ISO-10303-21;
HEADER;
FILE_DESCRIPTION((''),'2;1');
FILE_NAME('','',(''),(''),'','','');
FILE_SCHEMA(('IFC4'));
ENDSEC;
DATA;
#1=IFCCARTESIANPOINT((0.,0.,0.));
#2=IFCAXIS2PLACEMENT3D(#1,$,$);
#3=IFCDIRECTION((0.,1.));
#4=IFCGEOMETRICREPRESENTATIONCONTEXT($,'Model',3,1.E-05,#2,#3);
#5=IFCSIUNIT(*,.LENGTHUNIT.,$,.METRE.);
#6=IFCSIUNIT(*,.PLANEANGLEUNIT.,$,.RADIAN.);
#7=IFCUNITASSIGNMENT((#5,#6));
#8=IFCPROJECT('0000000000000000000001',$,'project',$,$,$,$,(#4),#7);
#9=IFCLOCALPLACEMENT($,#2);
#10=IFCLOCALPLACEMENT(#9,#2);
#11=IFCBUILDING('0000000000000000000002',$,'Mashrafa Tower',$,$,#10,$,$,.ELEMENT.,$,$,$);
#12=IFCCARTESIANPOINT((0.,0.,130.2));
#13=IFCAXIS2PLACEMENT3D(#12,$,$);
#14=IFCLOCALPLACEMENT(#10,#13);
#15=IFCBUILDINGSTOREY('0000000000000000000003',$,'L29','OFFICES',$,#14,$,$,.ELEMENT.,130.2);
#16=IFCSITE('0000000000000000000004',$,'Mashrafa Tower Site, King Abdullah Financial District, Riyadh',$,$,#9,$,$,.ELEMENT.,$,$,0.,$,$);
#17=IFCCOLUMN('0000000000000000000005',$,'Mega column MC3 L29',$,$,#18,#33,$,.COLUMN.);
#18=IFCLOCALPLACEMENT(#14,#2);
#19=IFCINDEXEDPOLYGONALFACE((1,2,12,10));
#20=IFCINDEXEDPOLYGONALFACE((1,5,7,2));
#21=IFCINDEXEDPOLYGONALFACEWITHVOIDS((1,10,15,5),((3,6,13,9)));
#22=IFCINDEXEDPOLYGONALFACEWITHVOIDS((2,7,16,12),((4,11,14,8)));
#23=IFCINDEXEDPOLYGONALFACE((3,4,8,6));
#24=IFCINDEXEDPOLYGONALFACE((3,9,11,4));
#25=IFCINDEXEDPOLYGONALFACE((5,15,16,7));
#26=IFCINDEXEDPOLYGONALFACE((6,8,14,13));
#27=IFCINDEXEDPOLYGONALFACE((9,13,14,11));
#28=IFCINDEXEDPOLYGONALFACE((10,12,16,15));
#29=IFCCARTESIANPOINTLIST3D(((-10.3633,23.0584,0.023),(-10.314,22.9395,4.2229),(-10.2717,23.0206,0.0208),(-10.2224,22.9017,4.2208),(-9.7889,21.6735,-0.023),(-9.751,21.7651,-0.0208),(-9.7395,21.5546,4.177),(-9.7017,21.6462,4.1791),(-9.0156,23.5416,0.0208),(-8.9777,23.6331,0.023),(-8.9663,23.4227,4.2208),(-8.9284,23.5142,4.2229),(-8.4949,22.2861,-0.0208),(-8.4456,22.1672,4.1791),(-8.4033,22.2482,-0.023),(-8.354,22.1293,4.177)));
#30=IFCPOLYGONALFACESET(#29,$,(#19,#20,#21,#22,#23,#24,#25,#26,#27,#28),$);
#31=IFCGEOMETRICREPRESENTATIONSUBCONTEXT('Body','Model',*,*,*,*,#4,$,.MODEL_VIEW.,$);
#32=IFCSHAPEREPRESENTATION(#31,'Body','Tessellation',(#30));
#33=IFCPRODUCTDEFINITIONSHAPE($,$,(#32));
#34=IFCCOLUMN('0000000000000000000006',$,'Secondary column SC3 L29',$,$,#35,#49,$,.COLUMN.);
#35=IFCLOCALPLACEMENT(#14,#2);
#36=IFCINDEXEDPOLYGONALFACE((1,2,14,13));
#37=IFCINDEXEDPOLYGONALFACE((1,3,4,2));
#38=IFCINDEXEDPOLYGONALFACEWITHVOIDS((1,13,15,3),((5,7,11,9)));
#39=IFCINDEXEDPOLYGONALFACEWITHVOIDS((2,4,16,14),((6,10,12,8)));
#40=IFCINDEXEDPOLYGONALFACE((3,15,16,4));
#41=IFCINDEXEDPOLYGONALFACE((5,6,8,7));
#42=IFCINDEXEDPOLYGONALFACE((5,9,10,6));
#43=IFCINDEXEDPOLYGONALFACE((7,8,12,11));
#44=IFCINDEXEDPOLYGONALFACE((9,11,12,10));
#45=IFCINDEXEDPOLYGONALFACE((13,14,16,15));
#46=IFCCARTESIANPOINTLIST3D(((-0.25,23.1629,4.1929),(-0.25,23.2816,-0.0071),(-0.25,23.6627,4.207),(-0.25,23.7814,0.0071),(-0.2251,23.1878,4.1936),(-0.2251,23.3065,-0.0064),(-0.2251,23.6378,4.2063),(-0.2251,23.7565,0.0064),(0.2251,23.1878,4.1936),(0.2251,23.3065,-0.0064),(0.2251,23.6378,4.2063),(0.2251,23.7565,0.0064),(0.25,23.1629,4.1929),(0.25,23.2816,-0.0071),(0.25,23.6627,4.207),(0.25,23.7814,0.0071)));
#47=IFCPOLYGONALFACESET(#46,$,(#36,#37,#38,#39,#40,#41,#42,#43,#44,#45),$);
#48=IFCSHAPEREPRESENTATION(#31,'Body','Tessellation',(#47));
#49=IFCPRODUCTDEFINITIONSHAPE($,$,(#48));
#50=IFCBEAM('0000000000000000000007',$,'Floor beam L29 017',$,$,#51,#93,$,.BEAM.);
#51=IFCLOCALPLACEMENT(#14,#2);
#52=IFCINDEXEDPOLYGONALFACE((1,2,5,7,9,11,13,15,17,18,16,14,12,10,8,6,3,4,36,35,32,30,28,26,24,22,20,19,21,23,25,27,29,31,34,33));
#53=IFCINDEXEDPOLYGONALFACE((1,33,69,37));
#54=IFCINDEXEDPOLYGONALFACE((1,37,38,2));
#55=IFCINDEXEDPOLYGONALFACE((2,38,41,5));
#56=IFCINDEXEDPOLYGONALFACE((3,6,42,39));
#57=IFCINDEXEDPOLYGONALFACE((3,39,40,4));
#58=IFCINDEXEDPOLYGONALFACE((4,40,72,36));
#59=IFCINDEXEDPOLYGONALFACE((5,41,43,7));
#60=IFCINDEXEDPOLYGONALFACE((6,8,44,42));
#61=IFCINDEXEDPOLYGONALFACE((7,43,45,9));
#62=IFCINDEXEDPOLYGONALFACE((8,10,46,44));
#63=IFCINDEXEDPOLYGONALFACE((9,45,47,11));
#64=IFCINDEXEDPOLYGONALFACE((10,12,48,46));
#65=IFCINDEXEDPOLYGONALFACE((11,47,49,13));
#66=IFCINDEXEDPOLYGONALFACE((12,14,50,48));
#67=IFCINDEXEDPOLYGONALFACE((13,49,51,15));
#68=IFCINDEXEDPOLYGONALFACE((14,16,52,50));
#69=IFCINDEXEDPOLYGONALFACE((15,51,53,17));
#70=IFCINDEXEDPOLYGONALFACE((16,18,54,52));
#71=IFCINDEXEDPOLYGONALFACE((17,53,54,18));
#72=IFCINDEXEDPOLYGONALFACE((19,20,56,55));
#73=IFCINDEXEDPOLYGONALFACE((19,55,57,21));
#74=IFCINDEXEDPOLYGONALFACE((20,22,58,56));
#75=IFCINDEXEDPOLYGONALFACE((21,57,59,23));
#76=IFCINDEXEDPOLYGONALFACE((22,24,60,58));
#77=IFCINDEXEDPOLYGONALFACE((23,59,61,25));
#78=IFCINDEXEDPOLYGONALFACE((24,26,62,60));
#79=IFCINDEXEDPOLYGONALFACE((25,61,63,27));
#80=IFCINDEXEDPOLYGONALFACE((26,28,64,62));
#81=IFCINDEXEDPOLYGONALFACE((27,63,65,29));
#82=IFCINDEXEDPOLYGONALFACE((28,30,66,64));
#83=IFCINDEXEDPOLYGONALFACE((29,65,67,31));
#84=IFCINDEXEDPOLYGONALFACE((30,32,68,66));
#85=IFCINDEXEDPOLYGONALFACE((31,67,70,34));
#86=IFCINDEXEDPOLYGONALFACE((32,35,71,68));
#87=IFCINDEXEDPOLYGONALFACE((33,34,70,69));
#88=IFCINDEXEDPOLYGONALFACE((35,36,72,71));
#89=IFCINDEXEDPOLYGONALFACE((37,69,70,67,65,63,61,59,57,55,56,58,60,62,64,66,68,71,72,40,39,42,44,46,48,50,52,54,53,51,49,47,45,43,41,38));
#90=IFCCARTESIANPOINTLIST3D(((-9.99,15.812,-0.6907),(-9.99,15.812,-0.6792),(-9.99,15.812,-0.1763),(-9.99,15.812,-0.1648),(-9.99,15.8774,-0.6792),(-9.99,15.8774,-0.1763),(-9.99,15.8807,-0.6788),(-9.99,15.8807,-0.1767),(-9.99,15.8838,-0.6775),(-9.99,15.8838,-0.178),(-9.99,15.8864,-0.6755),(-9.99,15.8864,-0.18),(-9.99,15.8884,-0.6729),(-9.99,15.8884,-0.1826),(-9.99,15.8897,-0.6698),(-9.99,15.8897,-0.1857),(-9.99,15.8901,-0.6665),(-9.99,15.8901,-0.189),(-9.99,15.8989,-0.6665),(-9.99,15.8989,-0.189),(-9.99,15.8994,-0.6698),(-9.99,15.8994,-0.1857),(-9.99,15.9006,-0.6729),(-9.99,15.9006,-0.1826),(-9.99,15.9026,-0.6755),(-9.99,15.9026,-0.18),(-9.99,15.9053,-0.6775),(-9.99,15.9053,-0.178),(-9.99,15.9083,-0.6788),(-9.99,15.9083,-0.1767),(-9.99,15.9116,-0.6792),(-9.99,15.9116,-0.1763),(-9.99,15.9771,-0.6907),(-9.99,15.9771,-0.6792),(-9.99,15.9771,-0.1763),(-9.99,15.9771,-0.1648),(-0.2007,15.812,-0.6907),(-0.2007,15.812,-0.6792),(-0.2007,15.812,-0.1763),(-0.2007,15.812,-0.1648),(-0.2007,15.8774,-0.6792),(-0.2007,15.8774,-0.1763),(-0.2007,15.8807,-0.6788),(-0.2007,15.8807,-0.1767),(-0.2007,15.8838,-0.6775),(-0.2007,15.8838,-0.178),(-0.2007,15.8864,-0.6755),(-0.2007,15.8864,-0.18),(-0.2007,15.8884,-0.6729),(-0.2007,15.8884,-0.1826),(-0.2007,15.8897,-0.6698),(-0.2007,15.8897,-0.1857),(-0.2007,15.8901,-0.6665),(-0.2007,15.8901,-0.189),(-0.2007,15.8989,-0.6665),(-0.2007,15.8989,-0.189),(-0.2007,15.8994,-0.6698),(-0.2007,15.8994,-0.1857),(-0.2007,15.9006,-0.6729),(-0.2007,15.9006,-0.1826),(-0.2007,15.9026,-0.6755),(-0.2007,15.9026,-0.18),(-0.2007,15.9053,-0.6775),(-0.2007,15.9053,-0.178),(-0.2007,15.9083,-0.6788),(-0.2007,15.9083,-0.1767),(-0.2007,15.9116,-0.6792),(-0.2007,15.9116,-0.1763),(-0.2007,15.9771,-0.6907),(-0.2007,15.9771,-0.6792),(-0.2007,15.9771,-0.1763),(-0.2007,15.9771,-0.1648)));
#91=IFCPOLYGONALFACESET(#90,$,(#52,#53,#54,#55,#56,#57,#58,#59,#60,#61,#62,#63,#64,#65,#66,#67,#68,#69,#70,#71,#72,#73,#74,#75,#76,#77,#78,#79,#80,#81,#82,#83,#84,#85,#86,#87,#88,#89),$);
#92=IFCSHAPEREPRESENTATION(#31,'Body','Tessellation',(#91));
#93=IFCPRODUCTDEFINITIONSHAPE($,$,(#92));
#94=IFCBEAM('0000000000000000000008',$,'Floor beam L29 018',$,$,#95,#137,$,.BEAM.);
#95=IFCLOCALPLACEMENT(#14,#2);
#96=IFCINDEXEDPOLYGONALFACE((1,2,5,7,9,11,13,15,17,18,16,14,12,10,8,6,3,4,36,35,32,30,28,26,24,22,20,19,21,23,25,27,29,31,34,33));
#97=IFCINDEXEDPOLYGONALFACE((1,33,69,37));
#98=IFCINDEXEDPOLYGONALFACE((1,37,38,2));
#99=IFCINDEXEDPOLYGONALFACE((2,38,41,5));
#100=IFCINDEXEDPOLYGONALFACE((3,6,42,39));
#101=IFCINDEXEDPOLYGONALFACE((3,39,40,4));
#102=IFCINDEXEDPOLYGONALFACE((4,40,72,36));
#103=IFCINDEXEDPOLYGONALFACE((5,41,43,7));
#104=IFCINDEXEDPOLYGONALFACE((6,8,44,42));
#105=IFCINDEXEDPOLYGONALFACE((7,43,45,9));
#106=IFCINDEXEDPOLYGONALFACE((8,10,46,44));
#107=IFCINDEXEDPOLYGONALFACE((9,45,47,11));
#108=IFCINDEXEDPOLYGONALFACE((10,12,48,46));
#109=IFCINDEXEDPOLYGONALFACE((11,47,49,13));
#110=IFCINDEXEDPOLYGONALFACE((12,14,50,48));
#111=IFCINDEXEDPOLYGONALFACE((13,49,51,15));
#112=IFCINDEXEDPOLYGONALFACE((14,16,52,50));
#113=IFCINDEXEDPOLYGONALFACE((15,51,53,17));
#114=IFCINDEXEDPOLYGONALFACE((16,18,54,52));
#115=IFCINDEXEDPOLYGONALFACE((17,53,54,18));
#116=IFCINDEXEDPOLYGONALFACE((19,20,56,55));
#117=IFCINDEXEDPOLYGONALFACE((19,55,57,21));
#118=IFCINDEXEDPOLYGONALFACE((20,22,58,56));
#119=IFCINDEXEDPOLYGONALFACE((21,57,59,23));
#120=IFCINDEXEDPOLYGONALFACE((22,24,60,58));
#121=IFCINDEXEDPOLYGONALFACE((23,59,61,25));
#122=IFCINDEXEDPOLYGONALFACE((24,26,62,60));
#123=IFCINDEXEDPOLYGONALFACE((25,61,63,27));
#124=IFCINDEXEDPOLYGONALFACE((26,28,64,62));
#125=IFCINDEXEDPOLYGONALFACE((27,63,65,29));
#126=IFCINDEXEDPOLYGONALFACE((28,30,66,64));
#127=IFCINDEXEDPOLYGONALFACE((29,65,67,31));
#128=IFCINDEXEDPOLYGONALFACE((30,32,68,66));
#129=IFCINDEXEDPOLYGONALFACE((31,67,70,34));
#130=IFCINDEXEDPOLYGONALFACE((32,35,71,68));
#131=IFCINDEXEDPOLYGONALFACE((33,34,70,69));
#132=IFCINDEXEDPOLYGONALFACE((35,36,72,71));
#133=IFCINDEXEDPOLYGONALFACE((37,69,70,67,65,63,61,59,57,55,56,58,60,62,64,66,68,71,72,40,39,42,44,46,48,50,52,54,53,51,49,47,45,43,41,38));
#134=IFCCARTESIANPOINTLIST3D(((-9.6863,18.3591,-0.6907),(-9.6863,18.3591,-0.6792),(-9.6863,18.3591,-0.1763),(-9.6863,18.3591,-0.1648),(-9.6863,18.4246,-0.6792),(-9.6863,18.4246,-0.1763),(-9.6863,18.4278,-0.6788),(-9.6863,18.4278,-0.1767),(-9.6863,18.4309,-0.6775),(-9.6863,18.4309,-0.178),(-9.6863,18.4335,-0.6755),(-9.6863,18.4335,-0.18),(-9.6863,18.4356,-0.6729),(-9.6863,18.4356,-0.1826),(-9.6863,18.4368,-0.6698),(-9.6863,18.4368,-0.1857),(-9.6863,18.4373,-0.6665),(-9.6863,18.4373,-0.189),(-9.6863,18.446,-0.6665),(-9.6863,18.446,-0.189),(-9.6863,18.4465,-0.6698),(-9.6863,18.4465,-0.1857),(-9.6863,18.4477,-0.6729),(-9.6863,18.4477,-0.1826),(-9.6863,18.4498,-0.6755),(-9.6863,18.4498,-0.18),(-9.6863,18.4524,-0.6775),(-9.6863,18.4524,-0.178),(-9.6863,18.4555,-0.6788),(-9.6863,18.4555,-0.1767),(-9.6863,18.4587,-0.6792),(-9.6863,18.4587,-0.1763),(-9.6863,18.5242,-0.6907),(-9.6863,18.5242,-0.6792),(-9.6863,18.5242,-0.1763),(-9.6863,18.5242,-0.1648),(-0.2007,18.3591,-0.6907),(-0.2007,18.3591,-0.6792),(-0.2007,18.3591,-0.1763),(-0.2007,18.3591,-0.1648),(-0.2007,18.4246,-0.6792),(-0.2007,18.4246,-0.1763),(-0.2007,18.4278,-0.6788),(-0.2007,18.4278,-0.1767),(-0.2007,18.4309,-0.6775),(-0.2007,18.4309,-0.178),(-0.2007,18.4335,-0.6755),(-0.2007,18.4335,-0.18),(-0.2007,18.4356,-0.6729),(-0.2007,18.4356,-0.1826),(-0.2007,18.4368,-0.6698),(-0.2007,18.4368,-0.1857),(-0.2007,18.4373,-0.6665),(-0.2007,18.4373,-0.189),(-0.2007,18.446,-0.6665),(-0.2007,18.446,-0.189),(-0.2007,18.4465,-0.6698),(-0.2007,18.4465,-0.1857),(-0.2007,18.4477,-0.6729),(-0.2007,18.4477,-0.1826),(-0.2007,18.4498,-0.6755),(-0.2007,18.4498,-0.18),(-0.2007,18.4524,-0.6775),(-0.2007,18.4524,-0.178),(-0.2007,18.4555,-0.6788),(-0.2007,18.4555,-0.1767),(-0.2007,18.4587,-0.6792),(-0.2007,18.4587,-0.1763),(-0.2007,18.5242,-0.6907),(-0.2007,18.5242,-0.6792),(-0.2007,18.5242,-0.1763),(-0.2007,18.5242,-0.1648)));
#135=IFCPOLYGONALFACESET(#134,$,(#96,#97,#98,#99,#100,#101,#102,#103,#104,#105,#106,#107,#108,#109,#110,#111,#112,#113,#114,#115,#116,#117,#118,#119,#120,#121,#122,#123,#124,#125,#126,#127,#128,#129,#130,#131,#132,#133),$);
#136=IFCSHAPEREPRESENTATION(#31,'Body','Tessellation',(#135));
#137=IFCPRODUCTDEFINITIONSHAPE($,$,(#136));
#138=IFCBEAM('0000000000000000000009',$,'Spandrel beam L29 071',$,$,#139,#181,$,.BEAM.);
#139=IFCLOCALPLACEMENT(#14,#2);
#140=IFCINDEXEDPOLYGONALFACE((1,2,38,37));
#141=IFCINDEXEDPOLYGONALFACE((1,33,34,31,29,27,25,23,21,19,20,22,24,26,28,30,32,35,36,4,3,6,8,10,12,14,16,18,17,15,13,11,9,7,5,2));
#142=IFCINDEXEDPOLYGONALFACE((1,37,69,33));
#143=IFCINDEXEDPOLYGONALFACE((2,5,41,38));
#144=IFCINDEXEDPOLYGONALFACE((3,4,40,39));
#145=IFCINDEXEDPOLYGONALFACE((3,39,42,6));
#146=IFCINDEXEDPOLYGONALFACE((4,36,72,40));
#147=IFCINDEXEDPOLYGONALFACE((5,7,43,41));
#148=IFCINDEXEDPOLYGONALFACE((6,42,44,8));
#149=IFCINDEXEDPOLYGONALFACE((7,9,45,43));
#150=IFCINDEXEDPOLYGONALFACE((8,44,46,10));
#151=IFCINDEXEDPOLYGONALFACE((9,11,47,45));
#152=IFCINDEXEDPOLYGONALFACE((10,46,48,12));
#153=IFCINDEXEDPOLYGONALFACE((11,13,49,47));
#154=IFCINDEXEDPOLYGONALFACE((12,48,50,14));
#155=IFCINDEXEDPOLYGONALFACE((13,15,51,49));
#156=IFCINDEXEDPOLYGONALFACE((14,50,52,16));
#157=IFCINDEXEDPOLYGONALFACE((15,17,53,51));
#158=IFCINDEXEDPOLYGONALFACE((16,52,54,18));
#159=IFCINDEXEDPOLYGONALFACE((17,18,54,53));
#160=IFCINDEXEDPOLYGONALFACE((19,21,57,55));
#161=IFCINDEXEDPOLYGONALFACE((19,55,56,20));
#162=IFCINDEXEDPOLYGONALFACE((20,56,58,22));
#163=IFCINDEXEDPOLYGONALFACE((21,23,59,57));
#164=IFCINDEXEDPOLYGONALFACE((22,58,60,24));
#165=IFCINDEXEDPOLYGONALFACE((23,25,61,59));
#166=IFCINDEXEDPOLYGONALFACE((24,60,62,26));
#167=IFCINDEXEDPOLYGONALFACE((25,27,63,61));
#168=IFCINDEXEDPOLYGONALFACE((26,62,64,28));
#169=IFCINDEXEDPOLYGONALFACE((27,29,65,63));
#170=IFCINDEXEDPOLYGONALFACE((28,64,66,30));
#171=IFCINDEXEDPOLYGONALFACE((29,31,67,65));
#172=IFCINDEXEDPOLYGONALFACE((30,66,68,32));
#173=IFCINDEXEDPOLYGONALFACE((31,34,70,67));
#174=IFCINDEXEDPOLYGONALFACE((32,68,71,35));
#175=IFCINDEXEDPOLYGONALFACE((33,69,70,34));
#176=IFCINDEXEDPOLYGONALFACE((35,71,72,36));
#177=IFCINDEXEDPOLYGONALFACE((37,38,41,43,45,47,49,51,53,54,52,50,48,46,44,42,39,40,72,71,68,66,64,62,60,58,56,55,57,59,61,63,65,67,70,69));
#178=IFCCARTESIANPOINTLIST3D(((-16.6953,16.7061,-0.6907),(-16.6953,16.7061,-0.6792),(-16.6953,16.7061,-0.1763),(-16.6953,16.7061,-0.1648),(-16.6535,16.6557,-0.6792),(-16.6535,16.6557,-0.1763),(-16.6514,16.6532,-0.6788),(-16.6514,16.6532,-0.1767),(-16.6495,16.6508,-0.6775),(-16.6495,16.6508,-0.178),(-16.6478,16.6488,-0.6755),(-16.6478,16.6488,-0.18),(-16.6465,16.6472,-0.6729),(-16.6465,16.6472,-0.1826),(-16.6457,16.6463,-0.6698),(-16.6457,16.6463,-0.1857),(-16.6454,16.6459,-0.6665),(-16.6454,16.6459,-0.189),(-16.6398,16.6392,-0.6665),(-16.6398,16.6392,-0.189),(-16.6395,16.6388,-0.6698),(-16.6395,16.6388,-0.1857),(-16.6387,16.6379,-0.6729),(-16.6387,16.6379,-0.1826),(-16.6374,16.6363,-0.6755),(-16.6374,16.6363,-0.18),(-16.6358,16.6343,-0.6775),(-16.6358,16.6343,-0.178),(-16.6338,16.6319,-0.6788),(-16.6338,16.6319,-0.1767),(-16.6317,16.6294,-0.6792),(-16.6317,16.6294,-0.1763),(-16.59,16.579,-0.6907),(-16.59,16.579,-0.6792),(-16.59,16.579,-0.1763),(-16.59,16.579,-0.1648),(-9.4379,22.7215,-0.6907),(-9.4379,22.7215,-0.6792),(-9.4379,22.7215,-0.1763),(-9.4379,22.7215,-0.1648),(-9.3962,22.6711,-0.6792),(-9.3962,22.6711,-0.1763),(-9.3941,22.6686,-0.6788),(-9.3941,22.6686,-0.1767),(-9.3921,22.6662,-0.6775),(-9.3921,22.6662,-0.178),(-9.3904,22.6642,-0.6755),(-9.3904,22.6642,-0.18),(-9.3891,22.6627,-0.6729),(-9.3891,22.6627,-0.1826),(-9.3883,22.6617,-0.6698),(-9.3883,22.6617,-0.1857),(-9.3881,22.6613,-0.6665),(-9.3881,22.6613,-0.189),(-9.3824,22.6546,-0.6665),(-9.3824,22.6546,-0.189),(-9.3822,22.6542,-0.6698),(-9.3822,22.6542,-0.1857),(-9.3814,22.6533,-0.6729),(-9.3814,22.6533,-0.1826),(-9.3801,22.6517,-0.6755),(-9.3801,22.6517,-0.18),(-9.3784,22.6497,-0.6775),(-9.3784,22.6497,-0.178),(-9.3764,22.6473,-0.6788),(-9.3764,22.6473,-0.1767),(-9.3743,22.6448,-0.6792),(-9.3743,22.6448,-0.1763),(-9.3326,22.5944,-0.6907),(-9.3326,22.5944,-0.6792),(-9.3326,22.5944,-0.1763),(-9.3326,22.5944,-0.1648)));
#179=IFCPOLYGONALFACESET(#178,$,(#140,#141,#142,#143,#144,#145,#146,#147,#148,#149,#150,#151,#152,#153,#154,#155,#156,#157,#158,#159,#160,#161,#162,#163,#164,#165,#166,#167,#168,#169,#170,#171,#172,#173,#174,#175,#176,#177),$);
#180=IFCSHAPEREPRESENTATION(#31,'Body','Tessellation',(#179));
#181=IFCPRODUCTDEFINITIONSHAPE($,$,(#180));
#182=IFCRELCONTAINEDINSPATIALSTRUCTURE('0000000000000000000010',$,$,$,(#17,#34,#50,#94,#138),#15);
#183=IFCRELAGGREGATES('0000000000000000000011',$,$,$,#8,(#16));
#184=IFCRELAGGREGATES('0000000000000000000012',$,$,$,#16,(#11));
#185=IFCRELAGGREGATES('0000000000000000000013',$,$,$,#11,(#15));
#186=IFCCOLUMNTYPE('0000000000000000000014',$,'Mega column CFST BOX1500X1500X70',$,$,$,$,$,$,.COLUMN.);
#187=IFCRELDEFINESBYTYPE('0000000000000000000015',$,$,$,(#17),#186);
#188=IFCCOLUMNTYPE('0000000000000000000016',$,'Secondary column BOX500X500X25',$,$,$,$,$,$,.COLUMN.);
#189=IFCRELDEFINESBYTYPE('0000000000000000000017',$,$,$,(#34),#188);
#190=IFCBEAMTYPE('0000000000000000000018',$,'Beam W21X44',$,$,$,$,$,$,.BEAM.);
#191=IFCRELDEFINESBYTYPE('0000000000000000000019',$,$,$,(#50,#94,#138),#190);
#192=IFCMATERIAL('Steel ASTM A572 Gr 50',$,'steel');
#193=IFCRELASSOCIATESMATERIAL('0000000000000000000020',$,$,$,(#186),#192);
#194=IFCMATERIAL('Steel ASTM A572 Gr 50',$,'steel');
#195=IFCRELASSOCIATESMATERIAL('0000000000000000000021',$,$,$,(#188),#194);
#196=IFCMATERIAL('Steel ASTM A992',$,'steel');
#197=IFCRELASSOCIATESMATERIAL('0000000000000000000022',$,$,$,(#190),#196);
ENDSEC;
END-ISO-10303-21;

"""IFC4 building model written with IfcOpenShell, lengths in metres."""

from ifc_helpers import new_model, si_unit, direction, frame, origin, origin_2d, place, context, subcontext, project, spatial, hollow_rectangle, i_section, extrude, material, material_profile, profile_set, type_object, element, save


model = new_model("IFC4")

# Units and contexts
model_context = context("Model", 3, precision=1e-05, world=origin(), true_north=direction((0.0, 1.0)))
body_context = subcontext(model_context, "Body", "Model", "MODEL_VIEW")
ifc_project = project(units=[si_unit("LENGTHUNIT", "METRE"), si_unit("PLANEANGLEUNIT", "RADIAN")], contexts=[model_context])

# Site, building, storey
site_placement = place(None, origin())
site = spatial("IfcSite", under=ifc_project, at=site_placement, Name="Mashrafa Tower Site, King Abdullah Financial District, Riyadh", CompositionType="ELEMENT", RefElevation=0.0)
building_placement = place(site_placement, origin())
building = spatial("IfcBuilding", under=site, at=building_placement, Name="Mashrafa Tower", CompositionType="ELEMENT")
storey_placement = place(building_placement, frame((0.0, 0.0, 130.2)))
storey = spatial("IfcBuildingStorey", under=building, at=storey_placement, Name="L29", Description="OFFICES", CompositionType="ELEMENT", Elevation=130.2)

# Columns
ifc_material_1 = material(Name="Steel ASTM A572 Gr 50", Category="steel")
ifc_material_profile_1 = material_profile(ifc_material_1, hollow_rectangle(XDim=1.5, YDim=1.5, WallThickness=0.0701, at=origin_2d()), Name="BOX1500X1500X70")
ifc_profile_set_1 = profile_set([ifc_material_profile_1], Name="Steel ASTM A572 Gr 50")
column_type_1 = type_object("IfcColumnType", Name="Mega column CFST BOX1500X1500X70", PredefinedType="COLUMN", material=ifc_profile_set_1)
column_1_placement = place(storey_placement, frame((-9.3833, 22.6533, 0.0), z_axis=(0.011737, -0.028296, 0.999531), x_axis=(0.923693, 0.383133, 0.0)))
element("IfcColumn", 1, at=column_1_placement, inside=storey, type_object=column_type_1, Name="Mega column MC3 L29", PredefinedType="COLUMN", context=body_context, shape_type="SweptSolid", body=[
    extrude(hollow_rectangle(XDim=1.5, YDim=1.5, WallThickness=0.0701, at=origin_2d()), origin(), (0.0, 0.0, 1.0), 4.2019),
])
ifc_material_2 = material(Name="Steel ASTM A572 Gr 50", Category="steel")
ifc_material_profile_2 = material_profile(ifc_material_2, hollow_rectangle(XDim=0.5, YDim=0.5, WallThickness=0.0249, at=origin_2d()), Name="BOX500X500X25")
ifc_profile_set_2 = profile_set([ifc_material_profile_2], Name="Steel ASTM A572 Gr 50")
column_type_2 = type_object("IfcColumnType", Name="Secondary column BOX500X500X25", PredefinedType="COLUMN", material=ifc_profile_set_2)
column_2_placement = place(storey_placement, frame((0.0, 23.5315, 0.0), z_axis=(0.0, -0.02824, 0.999601), x_axis=(1.0, 0.0, 0.0)))
element("IfcColumn", 2, at=column_2_placement, inside=storey, type_object=column_type_2, Name="Secondary column SC3 L29", PredefinedType="COLUMN", context=body_context, shape_type="SweptSolid", body=[
    extrude(hollow_rectangle(XDim=0.5, YDim=0.5, WallThickness=0.0249, at=origin_2d()), origin(), (0.0, 0.0, 1.0), 4.2017),
])

# Beams
ifc_material_3 = material(Name="Steel ASTM A992", Category="steel")
ifc_material_profile_3 = material_profile(ifc_material_3, i_section(OverallWidth=0.165, OverallDepth=0.5259, WebThickness=0.0088, FlangeThickness=0.0115, FilletRadius=0.0127, at=origin_2d()), Name="W21X44")
ifc_profile_set_3 = profile_set([ifc_material_profile_3], Name="Steel ASTM A992")
beam_type_1 = type_object("IfcBeamType", Name="Beam W21X44", PredefinedType="BEAM", material=ifc_profile_set_3)
beam_1_placement = place(storey_placement, frame((-9.99, 15.8945, -0.4277), z_axis=(1.0, 0.0, 0.0), x_axis=(0.0, 1.0, 0.0)))
element("IfcBeam", 3, at=beam_1_placement, inside=storey, type_object=beam_type_1, Name="Floor beam L29 017", PredefinedType="BEAM", context=body_context, shape_type="SweptSolid", body=[
    extrude(i_section(OverallWidth=0.165, OverallDepth=0.5259, WebThickness=0.0088, FlangeThickness=0.0115, FilletRadius=0.0127, at=origin_2d()), origin(), (0.0, 0.0, 1.0), 9.7893),
])
beam_2_placement = place(storey_placement, frame((-9.6863, 18.4417, -0.4277), z_axis=(1.0, 0.0, 0.0), x_axis=(0.0, 1.0, 0.0)))
element("IfcBeam", 4, at=beam_2_placement, inside=storey, type_object=beam_type_1, Name="Floor beam L29 018", PredefinedType="BEAM", context=body_context, shape_type="SweptSolid", body=[
    extrude(i_section(OverallWidth=0.165, OverallDepth=0.5259, WebThickness=0.0088, FlangeThickness=0.0115, FilletRadius=0.0127, at=origin_2d()), origin(), (0.0, 0.0, 1.0), 9.4856),
])
for number, where, z_axis, x_axis, name in (
    (5, (-9.3853, 22.658, -0.4277), (-0.769908, -0.638154, 0.0), (0.638154, -0.769908, 0.0), "Spandrel beam L29 071"),
):
    element("IfcBeam", number, at=place(storey_placement, frame(where, z_axis=z_axis, x_axis=x_axis)), inside=storey, type_object=beam_type_1, Name=name, PredefinedType="BEAM", context=body_context, shape_type="SweptSolid", body=[
        extrude(i_section(OverallWidth=0.165, OverallDepth=0.5259, WebThickness=0.0088, FlangeThickness=0.0115, FilletRadius=0.0127, at=origin_2d()), origin(), (0.0, 0.0, 1.0), 9.4263),
    ])

save(model, "model.ifc")
